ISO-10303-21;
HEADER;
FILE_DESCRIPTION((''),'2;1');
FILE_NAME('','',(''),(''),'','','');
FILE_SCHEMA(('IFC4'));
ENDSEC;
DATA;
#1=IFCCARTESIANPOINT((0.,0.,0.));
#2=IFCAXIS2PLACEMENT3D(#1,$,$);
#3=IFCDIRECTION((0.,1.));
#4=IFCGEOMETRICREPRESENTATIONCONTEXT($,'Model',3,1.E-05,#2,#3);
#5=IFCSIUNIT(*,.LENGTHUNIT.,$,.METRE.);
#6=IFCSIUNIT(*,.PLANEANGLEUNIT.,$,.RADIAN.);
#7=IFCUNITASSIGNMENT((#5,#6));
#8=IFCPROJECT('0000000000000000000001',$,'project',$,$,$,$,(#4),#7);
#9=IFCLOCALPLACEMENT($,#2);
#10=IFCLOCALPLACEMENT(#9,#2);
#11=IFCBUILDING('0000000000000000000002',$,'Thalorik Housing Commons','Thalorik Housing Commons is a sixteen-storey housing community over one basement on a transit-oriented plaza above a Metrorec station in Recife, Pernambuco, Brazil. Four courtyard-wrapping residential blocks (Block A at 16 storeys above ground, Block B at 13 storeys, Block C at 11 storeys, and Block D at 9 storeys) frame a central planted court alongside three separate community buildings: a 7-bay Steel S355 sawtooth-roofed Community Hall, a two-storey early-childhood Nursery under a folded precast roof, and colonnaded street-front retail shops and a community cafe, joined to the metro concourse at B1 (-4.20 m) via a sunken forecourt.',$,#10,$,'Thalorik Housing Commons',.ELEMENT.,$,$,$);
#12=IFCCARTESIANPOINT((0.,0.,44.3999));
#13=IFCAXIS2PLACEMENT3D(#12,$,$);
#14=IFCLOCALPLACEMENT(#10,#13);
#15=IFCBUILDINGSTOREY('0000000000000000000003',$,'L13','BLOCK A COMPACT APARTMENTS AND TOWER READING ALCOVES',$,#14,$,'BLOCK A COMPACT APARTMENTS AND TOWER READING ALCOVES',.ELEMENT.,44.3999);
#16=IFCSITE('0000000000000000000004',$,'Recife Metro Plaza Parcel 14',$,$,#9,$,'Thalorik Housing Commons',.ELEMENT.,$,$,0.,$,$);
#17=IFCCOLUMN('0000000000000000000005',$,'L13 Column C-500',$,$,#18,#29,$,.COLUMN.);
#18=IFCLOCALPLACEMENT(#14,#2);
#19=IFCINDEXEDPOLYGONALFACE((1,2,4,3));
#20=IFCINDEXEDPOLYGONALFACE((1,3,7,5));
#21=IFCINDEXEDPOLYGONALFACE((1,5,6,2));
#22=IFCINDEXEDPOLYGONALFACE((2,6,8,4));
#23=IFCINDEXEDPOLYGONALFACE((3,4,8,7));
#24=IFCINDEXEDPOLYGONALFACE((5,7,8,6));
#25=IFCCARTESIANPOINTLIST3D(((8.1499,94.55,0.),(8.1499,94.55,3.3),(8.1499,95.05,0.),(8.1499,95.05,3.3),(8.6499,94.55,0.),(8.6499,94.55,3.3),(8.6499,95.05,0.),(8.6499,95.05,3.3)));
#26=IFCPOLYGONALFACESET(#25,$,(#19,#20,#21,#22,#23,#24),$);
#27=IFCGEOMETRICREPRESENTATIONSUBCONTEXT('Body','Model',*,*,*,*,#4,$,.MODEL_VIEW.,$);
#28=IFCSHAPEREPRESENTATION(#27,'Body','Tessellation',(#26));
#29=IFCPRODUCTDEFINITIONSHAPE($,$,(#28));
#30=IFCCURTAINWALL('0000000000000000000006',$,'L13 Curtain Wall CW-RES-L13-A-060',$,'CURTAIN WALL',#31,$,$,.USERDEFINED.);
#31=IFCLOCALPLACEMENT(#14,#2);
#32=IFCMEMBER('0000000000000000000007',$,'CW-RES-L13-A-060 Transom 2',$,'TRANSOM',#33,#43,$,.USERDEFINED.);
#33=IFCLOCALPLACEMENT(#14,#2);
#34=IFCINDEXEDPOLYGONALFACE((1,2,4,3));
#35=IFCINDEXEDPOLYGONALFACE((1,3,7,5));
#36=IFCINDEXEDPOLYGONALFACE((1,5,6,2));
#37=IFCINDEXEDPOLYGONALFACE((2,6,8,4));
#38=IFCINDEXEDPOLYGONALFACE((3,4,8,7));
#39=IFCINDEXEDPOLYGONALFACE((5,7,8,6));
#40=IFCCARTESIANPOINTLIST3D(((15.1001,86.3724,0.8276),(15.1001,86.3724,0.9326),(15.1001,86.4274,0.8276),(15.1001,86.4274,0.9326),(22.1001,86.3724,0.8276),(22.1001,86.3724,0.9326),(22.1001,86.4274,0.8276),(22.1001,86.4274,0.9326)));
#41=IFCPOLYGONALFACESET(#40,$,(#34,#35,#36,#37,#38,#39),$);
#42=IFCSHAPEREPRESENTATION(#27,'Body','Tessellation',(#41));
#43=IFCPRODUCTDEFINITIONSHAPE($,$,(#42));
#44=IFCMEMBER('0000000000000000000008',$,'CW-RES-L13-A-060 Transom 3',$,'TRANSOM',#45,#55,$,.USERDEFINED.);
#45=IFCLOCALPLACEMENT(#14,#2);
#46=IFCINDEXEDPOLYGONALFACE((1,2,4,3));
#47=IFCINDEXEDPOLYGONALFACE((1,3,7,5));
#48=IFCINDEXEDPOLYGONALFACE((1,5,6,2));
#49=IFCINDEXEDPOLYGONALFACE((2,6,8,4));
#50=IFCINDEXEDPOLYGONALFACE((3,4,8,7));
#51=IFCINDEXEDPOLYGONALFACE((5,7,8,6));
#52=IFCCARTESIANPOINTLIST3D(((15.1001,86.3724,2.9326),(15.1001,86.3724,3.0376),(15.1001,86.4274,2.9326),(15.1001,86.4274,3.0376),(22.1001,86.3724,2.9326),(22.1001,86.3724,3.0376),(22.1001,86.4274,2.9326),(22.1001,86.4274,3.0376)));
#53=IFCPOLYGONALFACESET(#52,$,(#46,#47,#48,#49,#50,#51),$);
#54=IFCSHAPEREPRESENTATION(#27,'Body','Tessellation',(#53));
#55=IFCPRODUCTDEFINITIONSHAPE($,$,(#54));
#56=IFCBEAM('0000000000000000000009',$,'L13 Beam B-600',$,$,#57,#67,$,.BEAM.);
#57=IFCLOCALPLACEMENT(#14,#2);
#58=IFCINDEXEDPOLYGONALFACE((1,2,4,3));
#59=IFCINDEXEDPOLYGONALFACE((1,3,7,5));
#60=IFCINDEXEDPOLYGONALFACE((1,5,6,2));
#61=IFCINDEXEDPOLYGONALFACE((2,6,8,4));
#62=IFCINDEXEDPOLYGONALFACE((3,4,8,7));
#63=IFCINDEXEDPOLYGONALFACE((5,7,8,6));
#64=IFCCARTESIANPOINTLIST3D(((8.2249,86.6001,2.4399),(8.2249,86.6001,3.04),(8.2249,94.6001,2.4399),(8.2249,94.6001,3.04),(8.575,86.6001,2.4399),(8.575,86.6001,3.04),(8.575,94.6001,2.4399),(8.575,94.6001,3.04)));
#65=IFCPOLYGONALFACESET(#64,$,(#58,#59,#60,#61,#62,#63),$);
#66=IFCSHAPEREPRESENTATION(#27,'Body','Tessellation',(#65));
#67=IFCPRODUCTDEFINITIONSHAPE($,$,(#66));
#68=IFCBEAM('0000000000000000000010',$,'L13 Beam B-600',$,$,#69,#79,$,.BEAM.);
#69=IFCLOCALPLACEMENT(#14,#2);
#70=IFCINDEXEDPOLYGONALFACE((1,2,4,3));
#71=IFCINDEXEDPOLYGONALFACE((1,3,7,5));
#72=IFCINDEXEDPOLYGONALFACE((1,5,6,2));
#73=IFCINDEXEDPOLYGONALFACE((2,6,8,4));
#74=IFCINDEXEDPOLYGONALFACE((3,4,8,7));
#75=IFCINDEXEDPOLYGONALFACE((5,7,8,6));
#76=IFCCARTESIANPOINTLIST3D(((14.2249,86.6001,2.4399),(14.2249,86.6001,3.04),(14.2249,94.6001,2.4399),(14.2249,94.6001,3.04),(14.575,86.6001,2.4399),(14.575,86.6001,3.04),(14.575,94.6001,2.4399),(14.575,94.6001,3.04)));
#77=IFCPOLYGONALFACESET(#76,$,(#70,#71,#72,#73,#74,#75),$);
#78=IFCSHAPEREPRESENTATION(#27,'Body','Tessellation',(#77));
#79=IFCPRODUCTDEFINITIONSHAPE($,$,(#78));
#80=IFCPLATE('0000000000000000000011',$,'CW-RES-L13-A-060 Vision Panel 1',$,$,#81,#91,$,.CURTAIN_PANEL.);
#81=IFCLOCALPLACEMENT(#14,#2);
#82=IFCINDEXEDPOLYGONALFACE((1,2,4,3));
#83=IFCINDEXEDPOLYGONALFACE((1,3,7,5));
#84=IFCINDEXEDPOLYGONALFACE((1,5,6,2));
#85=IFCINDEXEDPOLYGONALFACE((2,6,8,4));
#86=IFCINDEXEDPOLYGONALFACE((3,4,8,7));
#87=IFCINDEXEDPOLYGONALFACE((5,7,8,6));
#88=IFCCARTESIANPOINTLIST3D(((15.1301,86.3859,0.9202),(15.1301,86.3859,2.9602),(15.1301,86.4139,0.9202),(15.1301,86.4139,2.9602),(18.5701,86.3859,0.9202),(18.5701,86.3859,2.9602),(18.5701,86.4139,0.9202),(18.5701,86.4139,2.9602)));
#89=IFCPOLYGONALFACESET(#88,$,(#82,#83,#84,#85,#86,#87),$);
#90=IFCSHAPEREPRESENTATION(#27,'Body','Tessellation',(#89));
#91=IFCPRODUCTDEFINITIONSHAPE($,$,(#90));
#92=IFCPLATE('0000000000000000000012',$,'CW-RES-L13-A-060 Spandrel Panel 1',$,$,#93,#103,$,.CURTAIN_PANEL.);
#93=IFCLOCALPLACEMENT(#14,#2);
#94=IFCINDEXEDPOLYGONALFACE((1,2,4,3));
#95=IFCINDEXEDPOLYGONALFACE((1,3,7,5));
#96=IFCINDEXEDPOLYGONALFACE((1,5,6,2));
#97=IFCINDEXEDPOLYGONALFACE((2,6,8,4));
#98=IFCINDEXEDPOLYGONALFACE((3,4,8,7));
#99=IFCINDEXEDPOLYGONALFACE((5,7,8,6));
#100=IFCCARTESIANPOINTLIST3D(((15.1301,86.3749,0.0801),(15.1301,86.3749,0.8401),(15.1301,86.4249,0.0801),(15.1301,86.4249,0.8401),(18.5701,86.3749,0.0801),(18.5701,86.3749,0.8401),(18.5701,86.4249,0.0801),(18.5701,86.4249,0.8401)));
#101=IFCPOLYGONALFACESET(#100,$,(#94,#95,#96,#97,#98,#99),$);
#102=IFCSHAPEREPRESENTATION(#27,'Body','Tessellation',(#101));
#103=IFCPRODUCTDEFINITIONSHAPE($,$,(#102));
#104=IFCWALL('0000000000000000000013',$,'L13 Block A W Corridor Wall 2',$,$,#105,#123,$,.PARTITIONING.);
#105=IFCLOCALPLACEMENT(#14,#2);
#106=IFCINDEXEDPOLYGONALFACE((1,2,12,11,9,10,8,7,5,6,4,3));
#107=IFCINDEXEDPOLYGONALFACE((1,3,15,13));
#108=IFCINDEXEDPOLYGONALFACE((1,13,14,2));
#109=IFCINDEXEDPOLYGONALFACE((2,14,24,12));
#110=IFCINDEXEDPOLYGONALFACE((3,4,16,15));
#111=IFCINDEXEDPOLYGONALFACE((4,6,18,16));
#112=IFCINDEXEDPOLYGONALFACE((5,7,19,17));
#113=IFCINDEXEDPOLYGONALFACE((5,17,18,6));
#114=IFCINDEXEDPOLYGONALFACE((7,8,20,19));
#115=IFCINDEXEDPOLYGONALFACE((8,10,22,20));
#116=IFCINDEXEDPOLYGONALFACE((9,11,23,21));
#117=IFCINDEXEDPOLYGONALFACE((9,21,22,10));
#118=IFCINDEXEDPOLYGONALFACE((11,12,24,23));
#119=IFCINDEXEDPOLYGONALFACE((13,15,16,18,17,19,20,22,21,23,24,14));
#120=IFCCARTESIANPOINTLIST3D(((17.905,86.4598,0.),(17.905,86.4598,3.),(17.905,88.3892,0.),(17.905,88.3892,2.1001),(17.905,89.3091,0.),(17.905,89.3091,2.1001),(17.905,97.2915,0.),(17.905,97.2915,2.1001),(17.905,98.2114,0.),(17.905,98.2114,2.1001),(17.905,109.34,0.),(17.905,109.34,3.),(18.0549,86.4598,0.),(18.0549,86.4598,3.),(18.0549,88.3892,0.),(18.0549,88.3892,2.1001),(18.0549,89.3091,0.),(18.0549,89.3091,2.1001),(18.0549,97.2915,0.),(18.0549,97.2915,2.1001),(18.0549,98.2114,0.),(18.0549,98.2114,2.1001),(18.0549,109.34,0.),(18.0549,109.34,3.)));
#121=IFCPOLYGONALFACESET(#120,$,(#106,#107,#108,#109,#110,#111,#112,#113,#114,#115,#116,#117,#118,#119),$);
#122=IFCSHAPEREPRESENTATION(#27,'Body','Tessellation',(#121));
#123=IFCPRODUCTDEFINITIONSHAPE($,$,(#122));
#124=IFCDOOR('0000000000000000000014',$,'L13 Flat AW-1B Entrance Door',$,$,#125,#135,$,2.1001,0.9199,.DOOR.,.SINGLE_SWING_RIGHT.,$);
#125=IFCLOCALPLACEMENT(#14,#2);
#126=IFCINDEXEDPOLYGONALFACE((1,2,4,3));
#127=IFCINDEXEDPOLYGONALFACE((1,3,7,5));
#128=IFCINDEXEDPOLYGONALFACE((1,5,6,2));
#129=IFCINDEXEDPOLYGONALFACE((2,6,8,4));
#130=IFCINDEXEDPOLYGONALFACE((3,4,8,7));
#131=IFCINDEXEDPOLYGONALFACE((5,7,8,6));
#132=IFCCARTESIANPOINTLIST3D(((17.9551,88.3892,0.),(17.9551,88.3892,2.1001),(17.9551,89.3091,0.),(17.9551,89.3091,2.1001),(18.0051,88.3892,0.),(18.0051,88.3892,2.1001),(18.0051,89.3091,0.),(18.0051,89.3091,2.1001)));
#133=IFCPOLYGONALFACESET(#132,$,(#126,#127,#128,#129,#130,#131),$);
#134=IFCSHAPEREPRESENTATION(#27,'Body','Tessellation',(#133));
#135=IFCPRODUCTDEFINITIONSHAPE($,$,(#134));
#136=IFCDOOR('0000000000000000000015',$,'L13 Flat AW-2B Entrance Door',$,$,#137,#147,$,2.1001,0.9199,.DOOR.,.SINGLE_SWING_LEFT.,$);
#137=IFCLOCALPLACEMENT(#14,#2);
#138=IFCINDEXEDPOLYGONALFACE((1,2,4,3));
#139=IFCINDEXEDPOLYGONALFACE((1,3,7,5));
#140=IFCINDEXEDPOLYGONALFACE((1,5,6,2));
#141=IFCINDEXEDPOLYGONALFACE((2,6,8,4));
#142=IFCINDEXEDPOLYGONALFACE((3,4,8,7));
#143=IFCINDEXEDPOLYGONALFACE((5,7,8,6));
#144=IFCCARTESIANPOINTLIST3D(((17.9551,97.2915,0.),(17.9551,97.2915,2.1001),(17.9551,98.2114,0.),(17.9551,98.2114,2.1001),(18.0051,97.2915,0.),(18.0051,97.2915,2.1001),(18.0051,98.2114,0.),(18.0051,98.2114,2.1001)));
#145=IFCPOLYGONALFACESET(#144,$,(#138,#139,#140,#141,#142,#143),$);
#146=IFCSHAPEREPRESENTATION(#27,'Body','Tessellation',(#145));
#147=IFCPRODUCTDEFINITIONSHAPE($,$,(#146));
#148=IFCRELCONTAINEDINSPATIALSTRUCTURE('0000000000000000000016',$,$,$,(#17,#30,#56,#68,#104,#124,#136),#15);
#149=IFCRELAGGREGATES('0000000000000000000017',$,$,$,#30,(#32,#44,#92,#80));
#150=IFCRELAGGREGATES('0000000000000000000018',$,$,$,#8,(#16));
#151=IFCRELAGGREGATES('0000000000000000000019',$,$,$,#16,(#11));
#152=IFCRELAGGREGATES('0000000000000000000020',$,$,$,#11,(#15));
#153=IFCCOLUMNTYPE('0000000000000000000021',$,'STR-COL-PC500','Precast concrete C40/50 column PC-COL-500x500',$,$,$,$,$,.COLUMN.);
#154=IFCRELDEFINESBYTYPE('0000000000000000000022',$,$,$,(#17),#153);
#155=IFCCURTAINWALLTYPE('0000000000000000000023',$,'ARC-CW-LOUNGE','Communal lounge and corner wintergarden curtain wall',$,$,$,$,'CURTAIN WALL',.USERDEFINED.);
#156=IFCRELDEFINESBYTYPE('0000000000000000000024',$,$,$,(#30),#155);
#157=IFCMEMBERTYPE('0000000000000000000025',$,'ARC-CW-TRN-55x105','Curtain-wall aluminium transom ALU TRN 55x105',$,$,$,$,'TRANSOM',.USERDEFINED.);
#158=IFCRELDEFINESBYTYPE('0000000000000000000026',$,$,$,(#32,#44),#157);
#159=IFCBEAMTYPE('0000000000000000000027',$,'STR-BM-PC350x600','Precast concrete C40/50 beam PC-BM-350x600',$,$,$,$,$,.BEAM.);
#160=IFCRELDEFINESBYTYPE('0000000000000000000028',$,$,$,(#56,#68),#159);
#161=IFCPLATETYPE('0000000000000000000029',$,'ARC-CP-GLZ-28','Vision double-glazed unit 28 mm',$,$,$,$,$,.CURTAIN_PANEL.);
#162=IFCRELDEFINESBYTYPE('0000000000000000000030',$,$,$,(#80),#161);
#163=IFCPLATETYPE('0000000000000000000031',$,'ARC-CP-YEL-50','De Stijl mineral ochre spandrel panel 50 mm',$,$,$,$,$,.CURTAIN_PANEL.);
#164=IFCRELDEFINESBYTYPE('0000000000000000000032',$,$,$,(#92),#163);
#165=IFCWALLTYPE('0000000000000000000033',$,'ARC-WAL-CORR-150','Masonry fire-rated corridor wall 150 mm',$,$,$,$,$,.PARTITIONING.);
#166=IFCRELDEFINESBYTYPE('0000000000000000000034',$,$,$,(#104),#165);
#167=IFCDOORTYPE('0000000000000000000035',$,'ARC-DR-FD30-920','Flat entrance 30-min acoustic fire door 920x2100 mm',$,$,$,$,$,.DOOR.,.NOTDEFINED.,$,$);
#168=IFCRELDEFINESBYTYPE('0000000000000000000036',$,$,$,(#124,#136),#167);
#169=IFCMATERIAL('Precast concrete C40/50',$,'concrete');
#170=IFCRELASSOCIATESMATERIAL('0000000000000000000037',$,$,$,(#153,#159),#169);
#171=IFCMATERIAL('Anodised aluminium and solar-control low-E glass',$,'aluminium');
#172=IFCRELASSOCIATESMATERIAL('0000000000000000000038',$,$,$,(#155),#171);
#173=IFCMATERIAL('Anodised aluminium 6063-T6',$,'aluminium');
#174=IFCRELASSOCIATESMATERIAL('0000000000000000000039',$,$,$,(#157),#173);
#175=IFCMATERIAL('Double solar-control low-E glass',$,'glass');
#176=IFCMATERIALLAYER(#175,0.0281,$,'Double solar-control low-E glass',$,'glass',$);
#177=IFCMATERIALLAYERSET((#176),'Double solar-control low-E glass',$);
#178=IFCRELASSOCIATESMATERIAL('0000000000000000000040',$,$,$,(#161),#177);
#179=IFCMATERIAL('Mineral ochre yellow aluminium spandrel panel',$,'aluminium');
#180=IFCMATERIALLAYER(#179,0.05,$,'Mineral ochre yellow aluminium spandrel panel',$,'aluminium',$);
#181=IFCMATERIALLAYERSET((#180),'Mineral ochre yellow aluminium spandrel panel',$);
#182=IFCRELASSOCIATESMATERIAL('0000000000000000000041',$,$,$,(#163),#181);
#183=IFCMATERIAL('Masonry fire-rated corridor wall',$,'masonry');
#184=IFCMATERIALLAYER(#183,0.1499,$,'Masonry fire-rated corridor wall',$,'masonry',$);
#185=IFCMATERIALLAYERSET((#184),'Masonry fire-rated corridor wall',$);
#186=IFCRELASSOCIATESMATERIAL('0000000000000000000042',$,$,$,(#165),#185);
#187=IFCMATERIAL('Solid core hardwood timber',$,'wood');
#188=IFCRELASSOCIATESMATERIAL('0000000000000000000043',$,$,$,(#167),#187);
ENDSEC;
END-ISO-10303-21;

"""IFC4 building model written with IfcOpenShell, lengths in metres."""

from ifc_helpers import new_model, si_unit, direction, frame, frame_2d, origin, origin_2d, place, context, subcontext, project, spatial, rectangle, extrude, material, layer, layer_set, material_profile, profile_set, type_object, element, fill, aggregate, save


model = new_model("IFC4")

# Units and contexts
model_context = context("Model", 3, precision=1e-05, world=origin(), true_north=direction((0.0, 1.0)))
body_context = subcontext(model_context, "Body", "Model", "MODEL_VIEW")
ifc_project = project(units=[si_unit("LENGTHUNIT", "METRE"), si_unit("PLANEANGLEUNIT", "RADIAN")], contexts=[model_context])

# Site, building, storey
site_placement = place(None, origin())
site = spatial("IfcSite", under=ifc_project, at=site_placement, Name="Recife Metro Plaza Parcel 14", LongName="Thalorik Housing Commons", CompositionType="ELEMENT", RefElevation=0.0)
building_placement = place(site_placement, origin())
building = spatial("IfcBuilding", under=site, at=building_placement, Name="Thalorik Housing Commons", Description="Thalorik Housing Commons is a sixteen-storey housing community over one basement on a transit-oriented plaza above a Metrorec station in Recife, Pernambuco, Brazil. Four courtyard-wrapping residential blocks (Block A at 16 storeys above ground, Block B at 13 storeys, Block C at 11 storeys, and Block D at 9 storeys) frame a central planted court alongside three separate community buildings: a 7-bay Steel S355 sawtooth-roofed Community Hall, a two-storey early-childhood Nursery under a folded precast roof, and colonnaded street-front retail shops and a community cafe, joined to the metro concourse at B1 (-4.20 m) via a sunken forecourt.", LongName="Thalorik Housing Commons", CompositionType="ELEMENT")
storey_placement = place(building_placement, frame((0.0, 0.0, 44.3999)))
storey = spatial("IfcBuildingStorey", under=building, at=storey_placement, Name="L13", Description="BLOCK A COMPACT APARTMENTS AND TOWER READING ALCOVES", LongName="BLOCK A COMPACT APARTMENTS AND TOWER READING ALCOVES", CompositionType="ELEMENT", Elevation=44.3999)

# Column
ifc_material_1 = material(Name="Precast concrete C40/50", Category="concrete")
ifc_material_profile_1 = material_profile(ifc_material_1, rectangle(XDim=0.5, YDim=0.5, at=origin_2d()), Name="PC 500x500", Category="concrete")
ifc_profile_set_1 = profile_set([ifc_material_profile_1], Name="Precast concrete C40/50")
column_type = type_object("IfcColumnType", Name="STR-COL-PC500", Description="Precast concrete C40/50 column PC-COL-500x500", PredefinedType="COLUMN", material=ifc_profile_set_1)
column_placement = place(storey_placement, frame((8.3999, 94.8, 0.0), z_axis=(0.0, 0.0, 1.0), x_axis=(1.0, 0.0, 0.0)))
element("IfcColumn", 1, at=column_placement, inside=storey, type_object=column_type, Name="L13 Column C-500", PredefinedType="COLUMN", context=body_context, shape_type="SweptSolid", body=[
    extrude(rectangle(XDim=0.5, YDim=0.5, at=origin_2d()), origin(), (0.0, 0.0, 1.0), 3.3),
])

# Curtain wall, members
ifc_material_2 = material(Name="Anodised aluminium and solar-control low-E glass", Category="aluminium")
curtain_wall_type = type_object("IfcCurtainWallType", Name="ARC-CW-LOUNGE", Description="Communal lounge and corner wintergarden curtain wall", ElementType="CURTAIN WALL", PredefinedType="USERDEFINED", material=ifc_material_2)
curtain_wall_placement = place(storey_placement, origin())
curtain_wall = element("IfcCurtainWall", 2, at=curtain_wall_placement, inside=storey, type_object=curtain_wall_type, Name="L13 Curtain Wall CW-RES-L13-A-060", ObjectType="CURTAIN WALL", PredefinedType="USERDEFINED")
ifc_material_3 = material(Name="Anodised aluminium 6063-T6", Category="aluminium")
ifc_material_profile_2 = material_profile(ifc_material_3, rectangle(XDim=0.0549, YDim=0.105, at=origin_2d()), Name="ALU TRN 55x105", Category="aluminium")
ifc_profile_set_2 = profile_set([ifc_material_profile_2], Name="Anodised aluminium 6063-T6")
member_type = type_object("IfcMemberType", Name="ARC-CW-TRN-55x105", Description="Curtain-wall aluminium transom ALU TRN 55x105", ElementType="TRANSOM", PredefinedType="USERDEFINED", material=ifc_profile_set_2)
member_1_placement = place(storey_placement, frame((15.1001, 86.3999, 0.8801), z_axis=(1.0, 0.0, 0.0), x_axis=(0.0, 1.0, 0.0)))
member_1 = element("IfcMember", 3, at=member_1_placement, type_object=member_type, Name="CW-RES-L13-A-060 Transom 2", ObjectType="TRANSOM", PredefinedType="USERDEFINED", context=body_context, shape_type="SweptSolid", body=[
    extrude(rectangle(XDim=0.0549, YDim=0.105, at=origin_2d()), origin(), (0.0, 0.0, 1.0), 7.0),
])
member_2_placement = place(storey_placement, frame((15.1001, 86.3999, 2.9851), z_axis=(1.0, 0.0, 0.0), x_axis=(0.0, 1.0, 0.0)))
member_2 = element("IfcMember", 4, at=member_2_placement, type_object=member_type, Name="CW-RES-L13-A-060 Transom 3", ObjectType="TRANSOM", PredefinedType="USERDEFINED", context=body_context, shape_type="SweptSolid", body=[
    extrude(rectangle(XDim=0.0549, YDim=0.105, at=origin_2d()), origin(), (0.0, 0.0, 1.0), 7.0),
])

# Beams
ifc_material_profile_3 = material_profile(ifc_material_1, rectangle(XDim=0.3501, YDim=0.6001, at=origin_2d()), Name="PC 350x600", Category="concrete")
ifc_profile_set_3 = profile_set([ifc_material_profile_3], Name="Precast concrete C40/50")
beam_type = type_object("IfcBeamType", Name="STR-BM-PC350x600", Description="Precast concrete C40/50 beam PC-BM-350x600", PredefinedType="BEAM", material=ifc_profile_set_3)
for number, where, z_axis, x_axis, name in (
    (5, (8.3999, 86.6001, 2.74), (0.0, 1.0, 0.0), (-1.0, 0.0, 0.0), "L13 Beam B-600"),
    (6, (14.3999, 86.6001, 2.74), (0.0, 1.0, 0.0), (-1.0, 0.0, 0.0), "L13 Beam B-600"),
):
    element("IfcBeam", number, at=place(storey_placement, frame(where, z_axis=z_axis, x_axis=x_axis)), inside=storey, type_object=beam_type, Name=name, PredefinedType="BEAM", context=body_context, shape_type="SweptSolid", body=[
        extrude(rectangle(XDim=0.3501, YDim=0.6001, at=origin_2d()), origin(), (0.0, 0.0, 1.0), 8.0),
    ])

# Plates
ifc_material_4 = material(Name="Double solar-control low-E glass", Category="glass")
ifc_layer_1 = layer(ifc_material_4, 0.0281, Name="Double solar-control low-E glass", Category="glass")
ifc_layer_set_1 = layer_set([ifc_layer_1], Name="Double solar-control low-E glass")
plate_type_1 = type_object("IfcPlateType", Name="ARC-CP-GLZ-28", Description="Vision double-glazed unit 28 mm", PredefinedType="CURTAIN_PANEL", material=ifc_layer_set_1)
plate_1_placement = place(storey_placement, frame((16.8501, 86.3999, 0.9202), z_axis=(0.0, 0.0, 1.0), x_axis=(1.0, 0.0, 0.0)))
plate_1 = element("IfcPlate", 7, at=plate_1_placement, type_object=plate_type_1, Name="CW-RES-L13-A-060 Vision Panel 1", PredefinedType="CURTAIN_PANEL", context=body_context, shape_type="SweptSolid", body=[
    extrude(rectangle(XDim=3.4399, YDim=0.0281, at=origin_2d()), origin(), (0.0, 0.0, 1.0), 2.04),
])
ifc_material_5 = material(Name="Mineral ochre yellow aluminium spandrel panel", Category="aluminium")
ifc_layer_2 = layer(ifc_material_5, 0.05, Name="Mineral ochre yellow aluminium spandrel panel", Category="aluminium")
ifc_layer_set_2 = layer_set([ifc_layer_2], Name="Mineral ochre yellow aluminium spandrel panel")
plate_type_2 = type_object("IfcPlateType", Name="ARC-CP-YEL-50", Description="De Stijl mineral ochre spandrel panel 50 mm", PredefinedType="CURTAIN_PANEL", material=ifc_layer_set_2)
plate_2_placement = place(storey_placement, frame((16.8501, 86.3999, 0.0801), z_axis=(0.0, 0.0, 1.0), x_axis=(1.0, 0.0, 0.0)))
plate_2 = element("IfcPlate", 8, at=plate_2_placement, type_object=plate_type_2, Name="CW-RES-L13-A-060 Spandrel Panel 1", PredefinedType="CURTAIN_PANEL", context=body_context, shape_type="SweptSolid", body=[
    extrude(rectangle(XDim=3.4399, YDim=0.05, at=origin_2d()), origin(), (0.0, 0.0, 1.0), 0.76),
])
aggregate(curtain_wall, [member_1, member_2, plate_2, plate_1])

# Wall, openings, doors
ifc_material_6 = material(Name="Masonry fire-rated corridor wall", Category="masonry")
ifc_layer_3 = layer(ifc_material_6, 0.1499, Name="Masonry fire-rated corridor wall", Category="masonry")
ifc_layer_set_3 = layer_set([ifc_layer_3], Name="Masonry fire-rated corridor wall")
wall_type_1 = type_object("IfcWallType", Name="ARC-WAL-CORR-150", Description="Masonry fire-rated corridor wall 150 mm", PredefinedType="PARTITIONING", material=ifc_layer_set_3)
wall_1_placement = place(storey_placement, frame((17.98, 86.46, 0.0), z_axis=(0.0, 0.0, 1.0), x_axis=(0.0, 1.0, 0.0)))
wall_1 = element("IfcWall", 9, at=wall_1_placement, inside=storey, type_object=wall_type_1, Name="L13 Block A W Corridor Wall 2", PredefinedType="PARTITIONING", context=body_context, shape_type="SweptSolid", body=[
    extrude(rectangle(XDim=22.8801, YDim=0.1499, at=frame_2d((11.4399, 0.0))), origin(), (0.0, 0.0, 1.0), 3.0),
])
opening_1_placement = place(wall_1_placement, frame((1.9292, 0.0, 0.0)))
opening_1 = element("IfcOpeningElement", 10, at=opening_1_placement, cuts=wall_1, PredefinedType="OPENING", context=body_context, shape_type="SweptSolid", body=[
    extrude(rectangle(XDim=0.9199, YDim=2.1001, at=frame_2d((0.46, 1.05))), frame((0.0, 0.085, 0.0), z_axis=(0.0, -1.0, 0.0), x_axis=(1.0, 0.0, 0.0)), (0.0, 0.0, 1.0), 0.1699),
])
opening_2_placement = place(wall_1_placement, frame((10.8315, 0.0, 0.0)))
opening_2 = element("IfcOpeningElement", 11, at=opening_2_placement, cuts=wall_1, PredefinedType="OPENING", context=body_context, shape_type="SweptSolid", body=[
    extrude(rectangle(XDim=0.9199, YDim=2.1001, at=frame_2d((0.46, 1.05))), frame((0.0, 0.085, 0.0), z_axis=(0.0, -1.0, 0.0), x_axis=(1.0, 0.0, 0.0)), (0.0, 0.0, 1.0), 0.1699),
])
ifc_material_7 = material(Name="Solid core hardwood timber", Category="wood")
door_type_1 = type_object("IfcDoorType", Name="ARC-DR-FD30-920", Description="Flat entrance 30-min acoustic fire door 920x2100 mm", OperationType="NOTDEFINED", PredefinedType="DOOR", material=ifc_material_7)
door_1_placement = place(opening_1_placement, origin())
door_1 = element("IfcDoor", 12, at=door_1_placement, inside=storey, type_object=door_type_1, Name="L13 Flat AW-1B Entrance Door", OperationType="SINGLE_SWING_RIGHT", OverallHeight=2.1001, OverallWidth=0.9199, PredefinedType="DOOR", context=body_context, shape_type="SweptSolid", body=[
    extrude(rectangle(XDim=0.9199, YDim=2.1001, at=frame_2d((0.46, 1.05))), frame((0.0, 0.0249, 0.0), z_axis=(0.0, -1.0, 0.0), x_axis=(1.0, 0.0, 0.0)), (0.0, 0.0, 1.0), 0.05),
])
fill(opening_1, door_1)
door_2_placement = place(opening_2_placement, origin())
door_2 = element("IfcDoor", 13, at=door_2_placement, inside=storey, type_object=door_type_1, Name="L13 Flat AW-2B Entrance Door", OperationType="SINGLE_SWING_LEFT", OverallHeight=2.1001, OverallWidth=0.9199, PredefinedType="DOOR", context=body_context, shape_type="SweptSolid", body=[
    extrude(rectangle(XDim=0.9199, YDim=2.1001, at=frame_2d((0.46, 1.05))), frame((0.0, 0.0249, 0.0), z_axis=(0.0, -1.0, 0.0), x_axis=(1.0, 0.0, 0.0)), (0.0, 0.0, 1.0), 0.05),
])
fill(opening_2, door_2)

save(model, "model.ifc")
